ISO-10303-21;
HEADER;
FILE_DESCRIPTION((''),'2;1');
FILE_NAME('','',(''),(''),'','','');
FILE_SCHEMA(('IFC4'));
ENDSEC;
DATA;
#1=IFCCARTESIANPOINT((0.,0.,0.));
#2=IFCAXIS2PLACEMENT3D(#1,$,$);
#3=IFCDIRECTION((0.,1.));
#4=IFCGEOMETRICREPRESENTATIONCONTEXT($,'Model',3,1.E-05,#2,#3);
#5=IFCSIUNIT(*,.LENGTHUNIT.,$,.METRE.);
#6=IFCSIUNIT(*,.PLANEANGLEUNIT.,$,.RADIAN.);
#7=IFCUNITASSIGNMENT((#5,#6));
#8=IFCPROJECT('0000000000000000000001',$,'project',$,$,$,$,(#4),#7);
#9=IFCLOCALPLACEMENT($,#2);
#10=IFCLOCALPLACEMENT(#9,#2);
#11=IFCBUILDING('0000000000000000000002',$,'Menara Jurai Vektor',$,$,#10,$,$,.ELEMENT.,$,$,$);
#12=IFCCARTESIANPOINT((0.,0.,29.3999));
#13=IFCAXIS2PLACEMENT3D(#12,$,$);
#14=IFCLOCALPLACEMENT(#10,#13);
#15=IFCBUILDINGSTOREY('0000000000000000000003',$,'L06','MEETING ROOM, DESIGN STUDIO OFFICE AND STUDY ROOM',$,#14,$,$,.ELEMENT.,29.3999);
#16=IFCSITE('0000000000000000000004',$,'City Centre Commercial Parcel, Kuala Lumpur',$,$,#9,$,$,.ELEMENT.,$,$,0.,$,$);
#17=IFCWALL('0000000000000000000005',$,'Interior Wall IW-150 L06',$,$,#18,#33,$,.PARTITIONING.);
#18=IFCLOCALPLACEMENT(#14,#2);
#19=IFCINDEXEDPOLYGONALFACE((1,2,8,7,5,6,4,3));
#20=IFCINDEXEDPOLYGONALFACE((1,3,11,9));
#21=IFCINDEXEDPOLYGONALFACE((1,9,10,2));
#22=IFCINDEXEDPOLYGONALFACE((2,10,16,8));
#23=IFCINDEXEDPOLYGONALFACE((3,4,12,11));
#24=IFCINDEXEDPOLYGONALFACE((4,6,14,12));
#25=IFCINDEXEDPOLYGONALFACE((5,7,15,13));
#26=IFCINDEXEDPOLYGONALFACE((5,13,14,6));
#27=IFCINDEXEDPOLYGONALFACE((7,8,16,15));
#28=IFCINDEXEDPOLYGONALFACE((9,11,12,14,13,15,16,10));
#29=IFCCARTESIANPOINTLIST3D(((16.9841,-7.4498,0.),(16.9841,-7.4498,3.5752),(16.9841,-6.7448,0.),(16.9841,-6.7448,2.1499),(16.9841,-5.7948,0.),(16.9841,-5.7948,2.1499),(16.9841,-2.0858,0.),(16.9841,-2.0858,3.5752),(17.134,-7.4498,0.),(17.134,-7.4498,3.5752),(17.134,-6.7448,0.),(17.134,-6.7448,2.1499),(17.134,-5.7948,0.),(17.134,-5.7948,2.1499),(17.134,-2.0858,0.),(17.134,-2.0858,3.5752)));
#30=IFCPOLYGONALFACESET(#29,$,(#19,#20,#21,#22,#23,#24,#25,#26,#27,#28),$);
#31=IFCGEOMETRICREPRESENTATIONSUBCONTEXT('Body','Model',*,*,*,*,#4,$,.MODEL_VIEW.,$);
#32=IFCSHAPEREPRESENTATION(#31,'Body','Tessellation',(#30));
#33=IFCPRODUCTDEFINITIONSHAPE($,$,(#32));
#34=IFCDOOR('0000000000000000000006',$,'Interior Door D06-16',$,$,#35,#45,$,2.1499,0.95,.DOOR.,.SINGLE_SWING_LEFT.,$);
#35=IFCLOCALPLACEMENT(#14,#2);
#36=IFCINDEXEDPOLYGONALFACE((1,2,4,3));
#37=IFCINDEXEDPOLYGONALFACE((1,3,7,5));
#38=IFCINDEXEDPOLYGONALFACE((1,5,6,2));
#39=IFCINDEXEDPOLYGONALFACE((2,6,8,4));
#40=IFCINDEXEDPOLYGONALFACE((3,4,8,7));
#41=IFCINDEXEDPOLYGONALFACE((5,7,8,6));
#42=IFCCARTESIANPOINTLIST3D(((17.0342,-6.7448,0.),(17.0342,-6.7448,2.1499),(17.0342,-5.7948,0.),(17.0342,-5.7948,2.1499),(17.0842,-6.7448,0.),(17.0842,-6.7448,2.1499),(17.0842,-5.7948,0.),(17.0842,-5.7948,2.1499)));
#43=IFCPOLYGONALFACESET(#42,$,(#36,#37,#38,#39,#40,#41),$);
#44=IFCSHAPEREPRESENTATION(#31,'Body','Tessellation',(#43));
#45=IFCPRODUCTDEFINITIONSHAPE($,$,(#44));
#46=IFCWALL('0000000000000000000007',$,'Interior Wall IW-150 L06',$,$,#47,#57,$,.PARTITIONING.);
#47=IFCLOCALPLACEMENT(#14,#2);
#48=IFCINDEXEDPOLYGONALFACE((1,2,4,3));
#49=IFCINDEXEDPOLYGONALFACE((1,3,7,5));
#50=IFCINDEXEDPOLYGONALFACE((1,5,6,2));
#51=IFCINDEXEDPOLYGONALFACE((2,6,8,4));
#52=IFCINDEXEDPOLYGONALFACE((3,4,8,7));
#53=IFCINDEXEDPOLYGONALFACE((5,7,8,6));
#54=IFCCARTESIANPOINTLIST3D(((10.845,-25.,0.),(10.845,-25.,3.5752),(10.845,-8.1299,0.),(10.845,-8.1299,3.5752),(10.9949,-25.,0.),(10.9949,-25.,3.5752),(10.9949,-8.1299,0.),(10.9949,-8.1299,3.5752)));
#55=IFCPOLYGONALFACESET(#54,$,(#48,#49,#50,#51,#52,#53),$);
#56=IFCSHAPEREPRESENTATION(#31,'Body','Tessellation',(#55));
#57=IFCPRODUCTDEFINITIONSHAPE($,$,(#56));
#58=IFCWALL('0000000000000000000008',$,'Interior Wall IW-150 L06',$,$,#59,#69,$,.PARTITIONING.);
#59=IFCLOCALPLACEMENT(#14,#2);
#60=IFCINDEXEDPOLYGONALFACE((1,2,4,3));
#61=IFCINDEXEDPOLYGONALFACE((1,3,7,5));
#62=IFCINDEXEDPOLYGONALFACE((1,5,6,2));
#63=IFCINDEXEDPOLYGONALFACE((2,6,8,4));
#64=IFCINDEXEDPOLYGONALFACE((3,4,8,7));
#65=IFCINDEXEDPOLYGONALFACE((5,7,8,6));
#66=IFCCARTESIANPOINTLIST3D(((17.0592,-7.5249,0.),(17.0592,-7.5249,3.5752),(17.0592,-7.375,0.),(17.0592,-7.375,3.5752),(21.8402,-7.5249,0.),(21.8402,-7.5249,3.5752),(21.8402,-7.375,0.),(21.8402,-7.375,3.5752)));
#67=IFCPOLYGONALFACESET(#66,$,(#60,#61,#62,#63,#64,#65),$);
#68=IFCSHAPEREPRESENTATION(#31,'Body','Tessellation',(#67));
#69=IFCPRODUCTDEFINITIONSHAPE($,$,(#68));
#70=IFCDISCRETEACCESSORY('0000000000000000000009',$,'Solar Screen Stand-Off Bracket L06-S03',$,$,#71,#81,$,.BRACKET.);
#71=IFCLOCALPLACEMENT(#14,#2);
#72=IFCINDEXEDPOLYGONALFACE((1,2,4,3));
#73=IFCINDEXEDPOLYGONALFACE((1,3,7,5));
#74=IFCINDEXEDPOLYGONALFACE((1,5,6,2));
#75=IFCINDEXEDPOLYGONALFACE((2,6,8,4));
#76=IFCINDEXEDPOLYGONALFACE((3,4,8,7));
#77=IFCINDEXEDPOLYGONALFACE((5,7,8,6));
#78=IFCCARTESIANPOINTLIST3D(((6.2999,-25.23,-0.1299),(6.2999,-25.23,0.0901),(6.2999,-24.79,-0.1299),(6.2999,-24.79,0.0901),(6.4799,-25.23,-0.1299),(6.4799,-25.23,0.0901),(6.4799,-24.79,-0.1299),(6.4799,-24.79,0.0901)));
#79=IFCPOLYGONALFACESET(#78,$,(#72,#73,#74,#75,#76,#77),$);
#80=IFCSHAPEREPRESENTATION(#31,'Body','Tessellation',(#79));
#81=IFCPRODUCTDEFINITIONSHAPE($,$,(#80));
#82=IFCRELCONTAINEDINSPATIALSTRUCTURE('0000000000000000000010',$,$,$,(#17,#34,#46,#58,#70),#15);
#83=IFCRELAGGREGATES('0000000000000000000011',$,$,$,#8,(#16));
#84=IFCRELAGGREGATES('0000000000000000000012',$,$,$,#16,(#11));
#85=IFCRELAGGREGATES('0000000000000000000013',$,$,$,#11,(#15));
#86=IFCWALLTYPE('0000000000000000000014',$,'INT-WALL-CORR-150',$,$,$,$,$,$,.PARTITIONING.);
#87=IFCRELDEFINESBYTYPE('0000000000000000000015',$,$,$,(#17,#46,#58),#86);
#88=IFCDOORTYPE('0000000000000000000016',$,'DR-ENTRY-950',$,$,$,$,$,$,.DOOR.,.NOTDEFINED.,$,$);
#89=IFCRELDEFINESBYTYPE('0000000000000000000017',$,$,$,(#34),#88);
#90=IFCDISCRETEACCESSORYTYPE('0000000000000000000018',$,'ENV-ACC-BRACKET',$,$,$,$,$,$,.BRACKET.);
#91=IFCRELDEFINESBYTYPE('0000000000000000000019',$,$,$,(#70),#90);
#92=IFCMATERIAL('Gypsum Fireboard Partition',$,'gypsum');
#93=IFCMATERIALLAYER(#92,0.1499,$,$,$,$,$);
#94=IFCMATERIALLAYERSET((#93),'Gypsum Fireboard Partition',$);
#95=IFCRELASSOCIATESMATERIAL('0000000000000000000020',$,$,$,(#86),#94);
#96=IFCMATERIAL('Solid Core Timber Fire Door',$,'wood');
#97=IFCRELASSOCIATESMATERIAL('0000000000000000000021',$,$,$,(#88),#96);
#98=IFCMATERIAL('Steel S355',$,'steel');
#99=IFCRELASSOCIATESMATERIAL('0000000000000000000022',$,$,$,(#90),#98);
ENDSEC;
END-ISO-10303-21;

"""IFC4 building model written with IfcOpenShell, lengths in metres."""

from ifc_helpers import new_model, si_unit, direction, frame, frame_2d, origin, origin_2d, place, context, subcontext, project, spatial, rectangle, extrude, material, layer, layer_set, type_object, element, fill, save


model = new_model("IFC4")

# Units and contexts
model_context = context("Model", 3, precision=1e-05, world=origin(), true_north=direction((0.0, 1.0)))
body_context = subcontext(model_context, "Body", "Model", "MODEL_VIEW")
ifc_project = project(units=[si_unit("LENGTHUNIT", "METRE"), si_unit("PLANEANGLEUNIT", "RADIAN")], contexts=[model_context])

# Site, building, storey
site_placement = place(None, origin())
site = spatial("IfcSite", under=ifc_project, at=site_placement, Name="City Centre Commercial Parcel, Kuala Lumpur", CompositionType="ELEMENT", RefElevation=0.0)
building_placement = place(site_placement, origin())
building = spatial("IfcBuilding", under=site, at=building_placement, Name="Menara Jurai Vektor", CompositionType="ELEMENT")
storey_placement = place(building_placement, frame((0.0, 0.0, 29.3999)))
storey = spatial("IfcBuildingStorey", under=building, at=storey_placement, Name="L06", Description="MEETING ROOM, DESIGN STUDIO OFFICE AND STUDY ROOM", CompositionType="ELEMENT", Elevation=29.3999)

# Shared definitions
ifc_material_1 = material(Name="Steel S355", Category="steel")

# Shared definitions
ifc_material_2 = material(Name="Gypsum Fireboard Partition", Category="gypsum")
ifc_layer_1 = layer(ifc_material_2, 0.1499)
ifc_layer_set_1 = layer_set([ifc_layer_1], Name="Gypsum Fireboard Partition")
wall_type = type_object("IfcWallType", Name="INT-WALL-CORR-150", PredefinedType="PARTITIONING", material=ifc_layer_set_1)
ifc_material_3 = material(Name="Solid Core Timber Fire Door", Category="wood")
door_type = type_object("IfcDoorType", Name="DR-ENTRY-950", OperationType="NOTDEFINED", PredefinedType="DOOR", material=ifc_material_3)

# Wall, opening, door
wall_1_placement = place(storey_placement, frame((17.0591, -7.45, 0.0), z_axis=(0.0, 0.0, 1.0), x_axis=(0.0, 1.0, 0.0)))
wall_1 = element("IfcWall", 1, at=wall_1_placement, inside=storey, type_object=wall_type, Name="Interior Wall IW-150 L06", PredefinedType="PARTITIONING", context=body_context, shape_type="SweptSolid", body=[
    extrude(rectangle(XDim=5.364, YDim=0.1499, at=frame_2d((2.6821, 0.0))), origin(), (0.0, 0.0, 1.0), 3.5752),
])
opening_1_placement = place(wall_1_placement, frame((0.7051, 0.0, 0.0)))
opening_1 = element("IfcOpeningElement", 2, at=opening_1_placement, cuts=wall_1, PredefinedType="OPENING", context=body_context, shape_type="SweptSolid", body=[
    extrude(rectangle(XDim=0.95, YDim=2.1499, at=frame_2d((0.4751, 1.075))), frame((0.0, 0.085, 0.0), z_axis=(0.0, -1.0, 0.0), x_axis=(1.0, 0.0, 0.0)), (0.0, 0.0, 1.0), 0.1699),
])
door_1_placement = place(opening_1_placement, origin())
door_1 = element("IfcDoor", 3, at=door_1_placement, inside=storey, type_object=door_type, Name="Interior Door D06-16", OperationType="SINGLE_SWING_LEFT", OverallHeight=2.1499, OverallWidth=0.95, PredefinedType="DOOR", context=body_context, shape_type="SweptSolid", body=[
    extrude(rectangle(XDim=0.95, YDim=2.1499, at=frame_2d((0.4751, 1.075))), frame((0.0, 0.0249, 0.0), z_axis=(0.0, -1.0, 0.0), x_axis=(1.0, 0.0, 0.0)), (0.0, 0.0, 1.0), 0.05),
])
fill(opening_1, door_1)

# Walls
wall_2_placement = place(storey_placement, frame((10.9199, -25.0, 0.0), z_axis=(0.0, 0.0, 1.0), x_axis=(0.0, 1.0, 0.0)))
element("IfcWall", 4, at=wall_2_placement, inside=storey, type_object=wall_type, Name="Interior Wall IW-150 L06", PredefinedType="PARTITIONING", context=body_context, shape_type="SweptSolid", body=[
    extrude(rectangle(XDim=16.8701, YDim=0.1499, at=frame_2d((8.4351, 0.0))), origin(), (0.0, 0.0, 1.0), 3.5752),
])
wall_3_placement = place(storey_placement, frame((17.0591, -7.45, 0.0), z_axis=(0.0, 0.0, 1.0), x_axis=(1.0, 0.0, 0.0)))
element("IfcWall", 5, at=wall_3_placement, inside=storey, type_object=wall_type, Name="Interior Wall IW-150 L06", PredefinedType="PARTITIONING", context=body_context, shape_type="SweptSolid", body=[
    extrude(rectangle(XDim=4.781, YDim=0.1499, at=frame_2d((2.3906, 0.0))), origin(), (0.0, 0.0, 1.0), 3.5752),
])

# Discrete accessory
discrete_accessory_type = type_object("IfcDiscreteAccessoryType", Name="ENV-ACC-BRACKET", PredefinedType="BRACKET", material=ifc_material_1)
discrete_accessory_placement = place(storey_placement, frame((6.3899, -25.01, -0.1299), z_axis=(0.0, 0.0, 1.0), x_axis=(1.0, 0.0, 0.0)))
element("IfcDiscreteAccessory", 6, at=discrete_accessory_placement, inside=storey, type_object=discrete_accessory_type, Name="Solar Screen Stand-Off Bracket L06-S03", PredefinedType="BRACKET", context=body_context, shape_type="SweptSolid", body=[
    extrude(rectangle(XDim=0.1799, YDim=0.4399, at=origin_2d()), origin(), (0.0, 0.0, 1.0), 0.22),
])

save(model, "model.ifc")
